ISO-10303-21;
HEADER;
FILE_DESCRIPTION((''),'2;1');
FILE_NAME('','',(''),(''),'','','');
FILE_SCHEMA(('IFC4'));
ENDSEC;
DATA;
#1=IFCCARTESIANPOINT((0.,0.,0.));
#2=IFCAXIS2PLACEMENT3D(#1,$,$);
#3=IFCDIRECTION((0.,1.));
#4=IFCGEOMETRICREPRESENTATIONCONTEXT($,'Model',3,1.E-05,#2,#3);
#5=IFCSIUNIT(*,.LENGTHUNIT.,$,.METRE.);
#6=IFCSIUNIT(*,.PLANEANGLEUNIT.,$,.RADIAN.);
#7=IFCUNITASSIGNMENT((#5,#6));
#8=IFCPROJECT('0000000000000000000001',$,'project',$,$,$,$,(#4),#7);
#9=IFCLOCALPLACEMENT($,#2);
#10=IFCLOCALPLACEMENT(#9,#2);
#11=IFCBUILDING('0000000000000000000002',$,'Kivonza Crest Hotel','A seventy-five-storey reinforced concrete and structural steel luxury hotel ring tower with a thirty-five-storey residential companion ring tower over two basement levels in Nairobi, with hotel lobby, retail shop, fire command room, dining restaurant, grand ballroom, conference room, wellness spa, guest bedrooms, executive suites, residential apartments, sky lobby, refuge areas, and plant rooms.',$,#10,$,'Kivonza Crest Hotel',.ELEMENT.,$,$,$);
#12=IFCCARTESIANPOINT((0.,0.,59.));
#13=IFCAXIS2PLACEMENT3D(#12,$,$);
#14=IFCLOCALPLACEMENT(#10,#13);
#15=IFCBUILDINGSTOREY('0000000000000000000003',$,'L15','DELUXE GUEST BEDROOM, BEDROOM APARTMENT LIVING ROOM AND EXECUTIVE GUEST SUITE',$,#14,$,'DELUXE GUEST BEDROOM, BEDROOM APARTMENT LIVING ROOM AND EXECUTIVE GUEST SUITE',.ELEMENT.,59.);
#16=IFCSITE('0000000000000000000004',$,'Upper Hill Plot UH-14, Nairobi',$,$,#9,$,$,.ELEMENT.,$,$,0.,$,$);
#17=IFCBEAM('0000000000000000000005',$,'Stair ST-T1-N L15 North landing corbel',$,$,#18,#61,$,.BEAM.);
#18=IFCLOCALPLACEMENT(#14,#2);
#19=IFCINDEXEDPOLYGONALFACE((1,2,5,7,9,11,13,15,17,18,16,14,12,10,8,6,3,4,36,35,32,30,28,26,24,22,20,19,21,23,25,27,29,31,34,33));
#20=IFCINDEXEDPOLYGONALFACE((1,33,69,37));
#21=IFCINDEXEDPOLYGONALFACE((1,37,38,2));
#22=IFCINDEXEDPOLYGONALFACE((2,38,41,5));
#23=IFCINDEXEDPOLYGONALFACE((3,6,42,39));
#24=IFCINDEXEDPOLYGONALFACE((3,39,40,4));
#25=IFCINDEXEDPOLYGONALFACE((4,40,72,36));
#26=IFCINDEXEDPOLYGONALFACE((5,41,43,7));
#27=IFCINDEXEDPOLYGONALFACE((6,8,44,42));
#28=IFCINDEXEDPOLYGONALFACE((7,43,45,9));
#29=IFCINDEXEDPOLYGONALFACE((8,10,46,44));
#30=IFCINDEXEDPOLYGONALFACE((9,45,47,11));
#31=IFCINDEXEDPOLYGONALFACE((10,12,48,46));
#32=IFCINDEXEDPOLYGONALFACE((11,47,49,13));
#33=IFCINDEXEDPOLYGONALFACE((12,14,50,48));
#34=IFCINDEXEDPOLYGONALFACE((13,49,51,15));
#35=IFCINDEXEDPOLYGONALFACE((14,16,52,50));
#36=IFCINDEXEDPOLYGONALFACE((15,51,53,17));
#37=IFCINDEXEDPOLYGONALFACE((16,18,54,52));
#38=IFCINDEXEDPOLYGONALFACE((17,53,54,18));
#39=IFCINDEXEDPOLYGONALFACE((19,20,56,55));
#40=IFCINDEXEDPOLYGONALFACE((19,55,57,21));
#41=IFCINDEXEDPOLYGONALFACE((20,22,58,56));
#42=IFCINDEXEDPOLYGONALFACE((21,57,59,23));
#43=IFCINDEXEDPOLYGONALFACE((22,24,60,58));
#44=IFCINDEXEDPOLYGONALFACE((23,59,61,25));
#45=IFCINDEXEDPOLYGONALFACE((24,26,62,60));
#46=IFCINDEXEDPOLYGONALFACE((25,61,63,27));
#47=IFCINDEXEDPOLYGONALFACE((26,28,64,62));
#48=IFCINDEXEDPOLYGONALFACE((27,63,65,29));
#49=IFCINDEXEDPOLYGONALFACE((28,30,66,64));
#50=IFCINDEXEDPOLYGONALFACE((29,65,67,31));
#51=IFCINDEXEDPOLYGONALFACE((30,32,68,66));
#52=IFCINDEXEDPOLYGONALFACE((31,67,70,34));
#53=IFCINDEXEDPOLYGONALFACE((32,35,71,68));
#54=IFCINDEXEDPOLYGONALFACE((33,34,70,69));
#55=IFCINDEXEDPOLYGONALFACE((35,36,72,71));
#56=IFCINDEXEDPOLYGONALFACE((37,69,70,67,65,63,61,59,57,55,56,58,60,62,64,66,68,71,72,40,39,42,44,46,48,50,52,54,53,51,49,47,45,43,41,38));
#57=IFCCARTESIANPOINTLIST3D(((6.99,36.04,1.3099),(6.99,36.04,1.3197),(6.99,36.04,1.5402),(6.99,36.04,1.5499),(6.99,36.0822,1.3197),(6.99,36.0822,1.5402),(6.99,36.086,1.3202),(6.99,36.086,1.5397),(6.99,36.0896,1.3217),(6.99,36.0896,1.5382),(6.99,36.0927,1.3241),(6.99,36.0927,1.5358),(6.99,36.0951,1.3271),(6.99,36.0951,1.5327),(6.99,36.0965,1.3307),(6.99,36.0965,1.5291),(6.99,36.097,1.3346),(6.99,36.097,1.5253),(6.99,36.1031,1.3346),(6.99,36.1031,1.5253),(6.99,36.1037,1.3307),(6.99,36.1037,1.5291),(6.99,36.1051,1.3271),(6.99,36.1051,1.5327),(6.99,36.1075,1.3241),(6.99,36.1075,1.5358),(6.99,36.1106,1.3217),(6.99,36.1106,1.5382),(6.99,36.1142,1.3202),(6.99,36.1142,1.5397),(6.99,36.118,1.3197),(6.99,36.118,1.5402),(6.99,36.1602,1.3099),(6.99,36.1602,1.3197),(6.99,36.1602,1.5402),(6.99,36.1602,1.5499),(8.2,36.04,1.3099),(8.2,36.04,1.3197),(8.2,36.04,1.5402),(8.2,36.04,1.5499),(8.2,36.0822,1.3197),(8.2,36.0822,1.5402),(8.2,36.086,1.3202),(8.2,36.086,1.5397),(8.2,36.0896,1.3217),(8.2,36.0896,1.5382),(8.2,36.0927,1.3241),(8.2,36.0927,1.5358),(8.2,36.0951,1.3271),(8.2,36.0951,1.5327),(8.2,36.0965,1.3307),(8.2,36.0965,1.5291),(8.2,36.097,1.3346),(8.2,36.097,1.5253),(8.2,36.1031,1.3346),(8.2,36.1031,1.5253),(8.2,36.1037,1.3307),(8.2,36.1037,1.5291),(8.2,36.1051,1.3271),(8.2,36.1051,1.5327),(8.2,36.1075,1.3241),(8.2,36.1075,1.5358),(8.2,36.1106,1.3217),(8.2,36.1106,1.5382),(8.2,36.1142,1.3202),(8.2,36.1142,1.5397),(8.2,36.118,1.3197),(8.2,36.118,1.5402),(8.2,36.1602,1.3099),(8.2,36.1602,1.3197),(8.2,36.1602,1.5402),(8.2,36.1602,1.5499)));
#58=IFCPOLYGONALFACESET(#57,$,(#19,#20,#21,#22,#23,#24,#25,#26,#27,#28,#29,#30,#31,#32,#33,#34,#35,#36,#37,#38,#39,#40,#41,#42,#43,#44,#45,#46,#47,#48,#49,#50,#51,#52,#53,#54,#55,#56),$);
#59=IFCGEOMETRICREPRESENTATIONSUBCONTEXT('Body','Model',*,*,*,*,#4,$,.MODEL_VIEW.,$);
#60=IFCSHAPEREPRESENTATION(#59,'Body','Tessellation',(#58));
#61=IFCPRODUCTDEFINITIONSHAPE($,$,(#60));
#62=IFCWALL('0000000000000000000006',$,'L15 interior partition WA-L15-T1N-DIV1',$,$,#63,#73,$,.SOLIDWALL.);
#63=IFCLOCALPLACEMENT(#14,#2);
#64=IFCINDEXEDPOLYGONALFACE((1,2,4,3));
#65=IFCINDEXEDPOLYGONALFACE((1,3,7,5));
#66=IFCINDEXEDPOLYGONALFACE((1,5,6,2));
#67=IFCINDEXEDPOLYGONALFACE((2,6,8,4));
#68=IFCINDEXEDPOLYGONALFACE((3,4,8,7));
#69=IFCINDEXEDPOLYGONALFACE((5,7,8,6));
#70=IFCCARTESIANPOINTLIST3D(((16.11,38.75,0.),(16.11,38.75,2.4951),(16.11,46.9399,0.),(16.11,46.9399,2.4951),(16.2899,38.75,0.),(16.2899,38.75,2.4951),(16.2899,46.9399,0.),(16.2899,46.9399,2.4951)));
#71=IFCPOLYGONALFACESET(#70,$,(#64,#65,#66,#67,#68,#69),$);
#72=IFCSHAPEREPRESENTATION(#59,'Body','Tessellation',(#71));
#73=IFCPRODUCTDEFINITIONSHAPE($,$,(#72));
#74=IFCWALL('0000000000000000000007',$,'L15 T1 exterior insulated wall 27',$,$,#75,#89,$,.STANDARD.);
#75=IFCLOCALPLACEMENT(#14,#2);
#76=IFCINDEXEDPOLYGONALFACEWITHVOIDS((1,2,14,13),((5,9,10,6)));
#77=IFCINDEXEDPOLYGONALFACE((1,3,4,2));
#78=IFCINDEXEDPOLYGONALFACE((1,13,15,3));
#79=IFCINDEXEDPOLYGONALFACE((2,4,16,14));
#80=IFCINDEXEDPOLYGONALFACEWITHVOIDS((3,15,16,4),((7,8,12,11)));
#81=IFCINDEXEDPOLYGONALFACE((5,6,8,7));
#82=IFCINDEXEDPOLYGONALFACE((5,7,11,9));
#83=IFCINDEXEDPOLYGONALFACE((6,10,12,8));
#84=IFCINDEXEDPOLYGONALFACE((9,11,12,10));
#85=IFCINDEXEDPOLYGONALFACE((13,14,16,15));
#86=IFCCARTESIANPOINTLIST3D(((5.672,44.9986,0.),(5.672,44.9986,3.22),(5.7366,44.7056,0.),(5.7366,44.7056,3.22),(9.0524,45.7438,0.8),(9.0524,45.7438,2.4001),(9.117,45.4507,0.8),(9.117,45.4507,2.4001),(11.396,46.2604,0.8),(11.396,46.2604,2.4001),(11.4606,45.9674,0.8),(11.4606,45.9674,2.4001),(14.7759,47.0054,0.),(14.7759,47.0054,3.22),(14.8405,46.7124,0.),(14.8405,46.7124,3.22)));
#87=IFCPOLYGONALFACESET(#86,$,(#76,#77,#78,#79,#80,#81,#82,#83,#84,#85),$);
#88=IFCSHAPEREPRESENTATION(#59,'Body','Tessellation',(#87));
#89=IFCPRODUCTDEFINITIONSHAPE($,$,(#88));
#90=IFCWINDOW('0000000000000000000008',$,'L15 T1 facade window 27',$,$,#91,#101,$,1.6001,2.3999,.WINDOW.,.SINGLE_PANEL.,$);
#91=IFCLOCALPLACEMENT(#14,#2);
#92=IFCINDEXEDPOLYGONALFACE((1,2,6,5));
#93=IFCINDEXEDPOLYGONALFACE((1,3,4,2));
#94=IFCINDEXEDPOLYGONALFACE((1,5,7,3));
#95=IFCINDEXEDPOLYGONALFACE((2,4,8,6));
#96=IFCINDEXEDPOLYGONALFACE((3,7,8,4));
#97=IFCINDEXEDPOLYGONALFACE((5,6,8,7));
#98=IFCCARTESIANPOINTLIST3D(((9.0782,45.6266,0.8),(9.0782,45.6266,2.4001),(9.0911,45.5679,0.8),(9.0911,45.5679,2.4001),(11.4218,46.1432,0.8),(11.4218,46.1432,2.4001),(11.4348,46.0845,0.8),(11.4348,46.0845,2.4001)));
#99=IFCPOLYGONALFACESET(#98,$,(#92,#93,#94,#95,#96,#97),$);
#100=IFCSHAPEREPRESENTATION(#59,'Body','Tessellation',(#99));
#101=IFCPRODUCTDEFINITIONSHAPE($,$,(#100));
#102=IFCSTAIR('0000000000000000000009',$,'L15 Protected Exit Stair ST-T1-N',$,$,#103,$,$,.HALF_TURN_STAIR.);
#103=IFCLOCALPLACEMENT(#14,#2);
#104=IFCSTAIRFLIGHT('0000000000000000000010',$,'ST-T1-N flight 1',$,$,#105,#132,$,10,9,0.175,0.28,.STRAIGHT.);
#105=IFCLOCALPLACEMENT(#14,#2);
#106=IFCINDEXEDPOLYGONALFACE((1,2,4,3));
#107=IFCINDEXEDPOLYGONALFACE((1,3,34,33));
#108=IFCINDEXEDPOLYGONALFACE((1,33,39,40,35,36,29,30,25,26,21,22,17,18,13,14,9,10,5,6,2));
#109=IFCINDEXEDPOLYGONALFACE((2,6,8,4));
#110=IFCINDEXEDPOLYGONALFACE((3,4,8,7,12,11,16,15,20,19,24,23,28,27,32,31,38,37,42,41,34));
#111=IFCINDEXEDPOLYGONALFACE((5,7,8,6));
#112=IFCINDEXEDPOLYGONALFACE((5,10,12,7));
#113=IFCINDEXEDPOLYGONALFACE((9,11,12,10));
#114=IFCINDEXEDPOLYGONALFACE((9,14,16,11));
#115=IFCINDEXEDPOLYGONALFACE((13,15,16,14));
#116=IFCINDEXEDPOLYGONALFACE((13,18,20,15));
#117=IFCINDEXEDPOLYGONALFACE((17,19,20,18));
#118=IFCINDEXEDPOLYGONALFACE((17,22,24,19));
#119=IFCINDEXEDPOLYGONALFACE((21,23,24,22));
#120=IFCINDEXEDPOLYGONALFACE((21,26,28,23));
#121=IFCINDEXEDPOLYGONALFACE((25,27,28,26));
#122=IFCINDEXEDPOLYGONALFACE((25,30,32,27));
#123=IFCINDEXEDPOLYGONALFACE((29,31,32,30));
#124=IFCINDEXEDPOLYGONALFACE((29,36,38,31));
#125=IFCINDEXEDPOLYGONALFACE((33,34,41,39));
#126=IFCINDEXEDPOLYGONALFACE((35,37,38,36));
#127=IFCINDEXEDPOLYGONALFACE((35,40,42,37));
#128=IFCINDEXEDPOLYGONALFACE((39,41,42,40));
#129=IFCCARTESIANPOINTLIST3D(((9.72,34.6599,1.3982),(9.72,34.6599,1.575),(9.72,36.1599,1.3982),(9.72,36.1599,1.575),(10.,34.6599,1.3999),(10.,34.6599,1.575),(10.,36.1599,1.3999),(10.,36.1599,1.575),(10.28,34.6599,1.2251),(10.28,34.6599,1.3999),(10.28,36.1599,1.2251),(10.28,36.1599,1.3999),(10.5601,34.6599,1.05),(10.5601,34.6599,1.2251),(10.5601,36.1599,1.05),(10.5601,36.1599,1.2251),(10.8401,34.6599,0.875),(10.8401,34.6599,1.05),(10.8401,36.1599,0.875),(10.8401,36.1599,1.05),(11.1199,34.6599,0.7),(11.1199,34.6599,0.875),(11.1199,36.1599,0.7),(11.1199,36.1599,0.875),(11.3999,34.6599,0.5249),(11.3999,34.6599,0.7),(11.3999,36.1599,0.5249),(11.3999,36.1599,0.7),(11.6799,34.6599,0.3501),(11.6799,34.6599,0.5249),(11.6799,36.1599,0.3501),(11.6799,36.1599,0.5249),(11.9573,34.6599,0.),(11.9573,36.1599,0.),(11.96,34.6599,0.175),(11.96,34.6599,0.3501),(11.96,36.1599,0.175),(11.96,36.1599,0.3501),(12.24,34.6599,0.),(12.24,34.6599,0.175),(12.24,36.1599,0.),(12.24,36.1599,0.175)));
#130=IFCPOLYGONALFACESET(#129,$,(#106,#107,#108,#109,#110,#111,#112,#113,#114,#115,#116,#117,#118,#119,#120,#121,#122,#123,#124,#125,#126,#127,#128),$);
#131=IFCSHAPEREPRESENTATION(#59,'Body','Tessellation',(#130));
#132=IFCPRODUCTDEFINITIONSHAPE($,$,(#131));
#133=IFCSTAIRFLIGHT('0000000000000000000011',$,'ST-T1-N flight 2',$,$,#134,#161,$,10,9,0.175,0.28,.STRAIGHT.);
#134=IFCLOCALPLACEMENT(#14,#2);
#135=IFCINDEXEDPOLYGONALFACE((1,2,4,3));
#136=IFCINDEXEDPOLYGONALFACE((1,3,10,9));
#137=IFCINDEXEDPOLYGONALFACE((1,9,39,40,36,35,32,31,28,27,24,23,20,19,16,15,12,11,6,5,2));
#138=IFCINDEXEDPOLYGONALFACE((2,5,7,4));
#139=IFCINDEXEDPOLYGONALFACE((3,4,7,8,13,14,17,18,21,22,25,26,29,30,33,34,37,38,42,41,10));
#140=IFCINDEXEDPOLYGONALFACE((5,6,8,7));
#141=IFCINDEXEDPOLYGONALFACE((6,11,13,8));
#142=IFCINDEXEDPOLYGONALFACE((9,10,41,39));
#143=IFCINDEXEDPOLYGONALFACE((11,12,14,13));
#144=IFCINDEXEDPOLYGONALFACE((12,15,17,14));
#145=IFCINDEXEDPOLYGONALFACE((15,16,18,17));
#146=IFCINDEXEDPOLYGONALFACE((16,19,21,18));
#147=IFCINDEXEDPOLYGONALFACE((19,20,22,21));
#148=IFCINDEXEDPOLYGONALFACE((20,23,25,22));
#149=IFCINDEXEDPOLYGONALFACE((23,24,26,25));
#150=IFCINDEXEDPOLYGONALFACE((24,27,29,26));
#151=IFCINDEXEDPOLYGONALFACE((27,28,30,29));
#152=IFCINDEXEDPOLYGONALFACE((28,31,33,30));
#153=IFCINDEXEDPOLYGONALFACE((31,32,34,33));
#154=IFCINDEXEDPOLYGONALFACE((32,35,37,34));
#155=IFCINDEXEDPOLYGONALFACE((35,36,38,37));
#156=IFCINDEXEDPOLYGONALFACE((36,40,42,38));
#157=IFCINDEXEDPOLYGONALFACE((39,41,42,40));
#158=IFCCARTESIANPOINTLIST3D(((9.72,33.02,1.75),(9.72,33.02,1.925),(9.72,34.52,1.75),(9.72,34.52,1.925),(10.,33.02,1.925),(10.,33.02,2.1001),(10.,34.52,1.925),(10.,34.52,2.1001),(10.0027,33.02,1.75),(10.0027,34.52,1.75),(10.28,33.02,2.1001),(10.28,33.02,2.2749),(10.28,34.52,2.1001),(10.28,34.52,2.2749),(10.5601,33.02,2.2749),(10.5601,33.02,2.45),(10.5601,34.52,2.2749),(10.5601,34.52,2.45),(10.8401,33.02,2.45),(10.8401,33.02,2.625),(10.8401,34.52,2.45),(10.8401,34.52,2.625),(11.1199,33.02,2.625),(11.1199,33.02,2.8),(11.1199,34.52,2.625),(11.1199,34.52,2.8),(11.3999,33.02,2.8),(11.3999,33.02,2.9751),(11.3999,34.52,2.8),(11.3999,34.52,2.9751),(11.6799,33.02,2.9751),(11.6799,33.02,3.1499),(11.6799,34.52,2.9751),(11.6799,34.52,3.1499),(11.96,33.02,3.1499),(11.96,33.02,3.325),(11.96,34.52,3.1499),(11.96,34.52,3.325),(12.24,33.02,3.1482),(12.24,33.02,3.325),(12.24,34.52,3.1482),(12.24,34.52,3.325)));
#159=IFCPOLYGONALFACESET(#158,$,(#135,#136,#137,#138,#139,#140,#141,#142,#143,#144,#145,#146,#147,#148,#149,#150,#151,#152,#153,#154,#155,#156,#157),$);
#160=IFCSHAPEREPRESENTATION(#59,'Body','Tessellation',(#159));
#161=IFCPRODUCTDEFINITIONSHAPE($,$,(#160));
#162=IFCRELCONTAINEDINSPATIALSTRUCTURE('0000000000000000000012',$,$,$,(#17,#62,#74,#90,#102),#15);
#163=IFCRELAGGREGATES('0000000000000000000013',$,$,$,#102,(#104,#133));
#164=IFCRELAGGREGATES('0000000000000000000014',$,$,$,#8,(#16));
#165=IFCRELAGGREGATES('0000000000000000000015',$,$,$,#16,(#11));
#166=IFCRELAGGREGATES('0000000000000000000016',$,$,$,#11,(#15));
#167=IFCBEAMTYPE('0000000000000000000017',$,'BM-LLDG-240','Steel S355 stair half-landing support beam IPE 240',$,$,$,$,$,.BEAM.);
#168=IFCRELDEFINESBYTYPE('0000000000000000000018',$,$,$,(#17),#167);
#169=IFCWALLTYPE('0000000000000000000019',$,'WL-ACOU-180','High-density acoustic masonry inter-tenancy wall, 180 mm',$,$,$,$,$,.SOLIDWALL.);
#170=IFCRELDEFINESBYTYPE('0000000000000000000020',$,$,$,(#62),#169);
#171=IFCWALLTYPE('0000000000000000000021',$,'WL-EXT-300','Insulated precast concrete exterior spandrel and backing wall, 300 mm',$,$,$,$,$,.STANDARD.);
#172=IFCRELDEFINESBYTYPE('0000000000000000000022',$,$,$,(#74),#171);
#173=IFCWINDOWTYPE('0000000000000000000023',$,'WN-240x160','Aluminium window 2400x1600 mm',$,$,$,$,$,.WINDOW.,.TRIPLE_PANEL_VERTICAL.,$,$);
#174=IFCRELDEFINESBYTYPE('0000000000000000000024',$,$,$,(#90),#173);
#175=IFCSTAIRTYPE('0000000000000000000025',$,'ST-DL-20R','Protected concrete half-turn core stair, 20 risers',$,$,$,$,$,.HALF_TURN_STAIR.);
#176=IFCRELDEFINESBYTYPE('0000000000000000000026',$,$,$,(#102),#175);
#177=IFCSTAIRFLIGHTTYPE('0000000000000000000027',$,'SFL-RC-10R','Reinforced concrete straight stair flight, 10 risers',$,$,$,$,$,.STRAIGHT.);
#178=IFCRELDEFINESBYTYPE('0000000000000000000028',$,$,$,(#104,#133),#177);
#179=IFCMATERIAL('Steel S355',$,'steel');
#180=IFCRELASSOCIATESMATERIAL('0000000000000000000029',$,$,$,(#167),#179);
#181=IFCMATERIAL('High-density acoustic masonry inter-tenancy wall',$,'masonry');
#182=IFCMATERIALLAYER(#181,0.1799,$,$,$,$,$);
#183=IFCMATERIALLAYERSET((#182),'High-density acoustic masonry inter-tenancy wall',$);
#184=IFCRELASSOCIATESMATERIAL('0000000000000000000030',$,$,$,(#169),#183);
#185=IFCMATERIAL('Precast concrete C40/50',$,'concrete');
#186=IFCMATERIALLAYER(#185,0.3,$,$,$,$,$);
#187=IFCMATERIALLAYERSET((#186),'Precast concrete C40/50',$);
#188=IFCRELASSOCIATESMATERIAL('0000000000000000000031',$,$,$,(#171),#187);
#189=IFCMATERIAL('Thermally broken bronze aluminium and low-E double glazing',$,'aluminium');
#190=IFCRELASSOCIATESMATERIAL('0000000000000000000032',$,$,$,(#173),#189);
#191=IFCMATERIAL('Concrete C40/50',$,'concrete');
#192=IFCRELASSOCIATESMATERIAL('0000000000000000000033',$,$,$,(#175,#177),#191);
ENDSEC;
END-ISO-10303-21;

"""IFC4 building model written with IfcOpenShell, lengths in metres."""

from ifc_helpers import new_model, si_unit, direction, frame, frame_2d, origin, origin_2d, place, context, subcontext, project, spatial, polyline, rectangle, i_section, outline, extrude, material, layer, layer_set, material_profile, profile_set, type_object, element, fill, aggregate, save


model = new_model("IFC4")

# Units and contexts
model_context = context("Model", 3, precision=1e-05, world=origin(), true_north=direction((0.0, 1.0)))
body_context = subcontext(model_context, "Body", "Model", "MODEL_VIEW")
ifc_project = project(units=[si_unit("LENGTHUNIT", "METRE"), si_unit("PLANEANGLEUNIT", "RADIAN")], contexts=[model_context])

# Site, building, storey
site_placement = place(None, origin())
site = spatial("IfcSite", under=ifc_project, at=site_placement, Name="Upper Hill Plot UH-14, Nairobi", CompositionType="ELEMENT", RefElevation=0.0)
building_placement = place(site_placement, origin())
building = spatial("IfcBuilding", under=site, at=building_placement, Name="Kivonza Crest Hotel", Description="A seventy-five-storey reinforced concrete and structural steel luxury hotel ring tower with a thirty-five-storey residential companion ring tower over two basement levels in Nairobi, with hotel lobby, retail shop, fire command room, dining restaurant, grand ballroom, conference room, wellness spa, guest bedrooms, executive suites, residential apartments, sky lobby, refuge areas, and plant rooms.", LongName="Kivonza Crest Hotel", CompositionType="ELEMENT")
storey_placement = place(building_placement, frame((0.0, 0.0, 59.0)))
storey = spatial("IfcBuildingStorey", under=building, at=storey_placement, Name="L15", Description="DELUXE GUEST BEDROOM, BEDROOM APARTMENT LIVING ROOM AND EXECUTIVE GUEST SUITE", LongName="DELUXE GUEST BEDROOM, BEDROOM APARTMENT LIVING ROOM AND EXECUTIVE GUEST SUITE", CompositionType="ELEMENT", Elevation=59.0)

# Beam
ifc_material_1 = material(Name="Steel S355", Category="steel")
ifc_material_profile_1 = material_profile(ifc_material_1, i_section(OverallWidth=0.1201, OverallDepth=0.24, WebThickness=0.0061, FlangeThickness=0.0098, FilletRadius=0.0149, at=origin_2d()), Name="IPE 240")
ifc_profile_set_1 = profile_set([ifc_material_profile_1], Name="Steel S355")
beam_type_1 = type_object("IfcBeamType", Name="BM-LLDG-240", Description="Steel S355 stair half-landing support beam IPE 240", PredefinedType="BEAM", material=ifc_profile_set_1)
beam_1_placement = place(storey_placement, frame((6.99, 36.1001, 1.4299), z_axis=(1.0, 0.0, 0.0), x_axis=(0.0, 1.0, 0.0)))
element("IfcBeam", 1, at=beam_1_placement, inside=storey, type_object=beam_type_1, Name="Stair ST-T1-N L15 North landing corbel", PredefinedType="BEAM", context=body_context, shape_type="SweptSolid", body=[
    extrude(i_section(OverallWidth=0.1201, OverallDepth=0.24, WebThickness=0.0061, FlangeThickness=0.0098, FilletRadius=0.0149, at=origin_2d()), origin(), (0.0, 0.0, 1.0), 1.21),
])

# Wall
ifc_material_2 = material(Name="High-density acoustic masonry inter-tenancy wall", Category="masonry")
ifc_layer_1 = layer(ifc_material_2, 0.1799)
ifc_layer_set_1 = layer_set([ifc_layer_1], Name="High-density acoustic masonry inter-tenancy wall")
wall_type_1 = type_object("IfcWallType", Name="WL-ACOU-180", Description="High-density acoustic masonry inter-tenancy wall, 180 mm", PredefinedType="SOLIDWALL", material=ifc_layer_set_1)
wall_1_placement = place(storey_placement, frame((16.2, 38.75, 0.0), z_axis=(0.0, 0.0, 1.0), x_axis=(0.0, 1.0, 0.0)))
element("IfcWall", 2, at=wall_1_placement, inside=storey, type_object=wall_type_1, Name="L15 interior partition WA-L15-T1N-DIV1", PredefinedType="SOLIDWALL", context=body_context, shape_type="SweptSolid", body=[
    extrude(rectangle(XDim=8.1899, YDim=0.1799, at=frame_2d((4.095, 0.0))), origin(), (0.0, 0.0, 1.0), 2.4951),
])

# Wall, opening, window
ifc_material_3 = material(Name="Precast concrete C40/50", Category="concrete")
ifc_layer_2 = layer(ifc_material_3, 0.3)
ifc_layer_set_2 = layer_set([ifc_layer_2], Name="Precast concrete C40/50")
wall_type_2 = type_object("IfcWallType", Name="WL-EXT-300", Description="Insulated precast concrete exterior spandrel and backing wall, 300 mm", PredefinedType="STANDARD", material=ifc_layer_set_2)
wall_2_placement = place(storey_placement, frame((14.8081, 46.8589, 0.0), z_axis=(0.0, 0.0, 1.0), x_axis=(-0.976555, -0.215266, 0.0)))
wall_2 = element("IfcWall", 3, at=wall_2_placement, inside=storey, type_object=wall_type_2, Name="L15 T1 exterior insulated wall 27", PredefinedType="STANDARD", context=body_context, shape_type="SweptSolid", body=[
    extrude(rectangle(XDim=9.3225, YDim=0.3, at=frame_2d((4.6611, 0.0))), origin(), (0.0, 0.0, 1.0), 3.22),
])
opening_placement = place(wall_2_placement, frame((3.4609, 0.0, 0.8)))
opening = element("IfcOpeningElement", 4, at=opening_placement, cuts=wall_2, PredefinedType="OPENING", context=body_context, shape_type="SweptSolid", body=[
    extrude(rectangle(XDim=2.3999, YDim=1.6001, at=frame_2d((1.2, 0.8))), frame((0.0, 0.1602, 0.0), z_axis=(0.0, -1.0, 0.0), x_axis=(1.0, 0.0, 0.0)), (0.0, 0.0, 1.0), 0.3201),
])
ifc_material_4 = material(Name="Thermally broken bronze aluminium and low-E double glazing", Category="aluminium")
window_type = type_object("IfcWindowType", Name="WN-240x160", Description="Aluminium window 2400x1600 mm", PartitioningType="TRIPLE_PANEL_VERTICAL", PredefinedType="WINDOW", material=ifc_material_4)
window_placement = place(opening_placement, origin())
window = element("IfcWindow", 5, at=window_placement, inside=storey, type_object=window_type, Name="L15 T1 facade window 27", OverallHeight=1.6001, OverallWidth=2.3999, PartitioningType="SINGLE_PANEL", PredefinedType="WINDOW", context=body_context, shape_type="SweptSolid", body=[
    extrude(rectangle(XDim=2.3999, YDim=1.6001, at=frame_2d((1.2, 0.8))), frame((0.0, 0.03, 0.0), z_axis=(0.0, -1.0, 0.0), x_axis=(1.0, 0.0, 0.0)), (0.0, 0.0, 1.0), 0.0601),
])
fill(opening, window)

# Stair, stair flights
ifc_material_5 = material(Name="Concrete C40/50", Category="concrete")
stair_type = type_object("IfcStairType", Name="ST-DL-20R", Description="Protected concrete half-turn core stair, 20 risers", PredefinedType="HALF_TURN_STAIR", material=ifc_material_5)
stair_placement = place(storey_placement, origin())
stair = element("IfcStair", 6, at=stair_placement, inside=storey, type_object=stair_type, Name="L15 Protected Exit Stair ST-T1-N", PredefinedType="HALF_TURN_STAIR")
stair_flight_type = type_object("IfcStairFlightType", Name="SFL-RC-10R", Description="Reinforced concrete straight stair flight, 10 risers", PredefinedType="STRAIGHT", material=ifc_material_5)
stair_flight_1_placement = place(storey_placement, frame((12.24, 35.4099, 0.0), z_axis=(0.0, 0.0, 1.0), x_axis=(-1.0, 0.0, 0.0)))
stair_flight_1 = element("IfcStairFlight", 7, at=stair_flight_1_placement, type_object=stair_flight_type, Name="ST-T1-N flight 1", NumberOfRisers=10, NumberOfTreads=9, PredefinedType="STRAIGHT", RiserHeight=0.175, TreadLength=0.28, context=body_context, shape_type="SweptSolid", body=[
    extrude(outline(polyline([(0.0, 0.0), (0.0, 0.175), (0.28, 0.175), (0.28, 0.3501), (0.5601, 0.3501), (0.5601, 0.5249), (0.8401, 0.5249), (0.8401, 0.7), (1.1201, 0.7), (1.1201, 0.875), (1.3999, 0.875), (1.3999, 1.05), (1.6799, 1.05), (1.6799, 1.2251), (1.96, 1.2251), (1.96, 1.3999), (2.24, 1.3999), (2.24, 1.575), (2.52, 1.575), (2.52, 1.75), (2.52, 1.3982), (0.2827, 0.0), (0.0, 0.0)])), frame((0.0, 0.75, 0.0), z_axis=(0.0, -1.0, 0.0), x_axis=(1.0, 0.0, 0.0)), (0.0, 0.0, 1.0), 1.5),
])
stair_flight_2_placement = place(storey_placement, frame((9.72, 33.77, 1.75), z_axis=(0.0, 0.0, 1.0), x_axis=(1.0, 0.0, 0.0)))
stair_flight_2 = element("IfcStairFlight", 8, at=stair_flight_2_placement, type_object=stair_flight_type, Name="ST-T1-N flight 2", NumberOfRisers=10, NumberOfTreads=9, PredefinedType="STRAIGHT", RiserHeight=0.175, TreadLength=0.28, context=body_context, shape_type="SweptSolid", body=[
    extrude(outline(polyline([(0.0, 0.0), (0.0, 0.175), (0.28, 0.175), (0.28, 0.3501), (0.5601, 0.3501), (0.5601, 0.5249), (0.8401, 0.5249), (0.8401, 0.7), (1.1201, 0.7), (1.1201, 0.875), (1.3999, 0.875), (1.3999, 1.05), (1.6799, 1.05), (1.6799, 1.2251), (1.96, 1.2251), (1.96, 1.3999), (2.24, 1.3999), (2.24, 1.575), (2.52, 1.575), (2.52, 1.75), (2.52, 1.3982), (0.2827, 0.0), (0.0, 0.0)])), frame((0.0, 0.75, 0.0), z_axis=(0.0, -1.0, 0.0), x_axis=(1.0, 0.0, 0.0)), (0.0, 0.0, 1.0), 1.5),
])
aggregate(stair, [stair_flight_1, stair_flight_2])

save(model, "model.ifc")
